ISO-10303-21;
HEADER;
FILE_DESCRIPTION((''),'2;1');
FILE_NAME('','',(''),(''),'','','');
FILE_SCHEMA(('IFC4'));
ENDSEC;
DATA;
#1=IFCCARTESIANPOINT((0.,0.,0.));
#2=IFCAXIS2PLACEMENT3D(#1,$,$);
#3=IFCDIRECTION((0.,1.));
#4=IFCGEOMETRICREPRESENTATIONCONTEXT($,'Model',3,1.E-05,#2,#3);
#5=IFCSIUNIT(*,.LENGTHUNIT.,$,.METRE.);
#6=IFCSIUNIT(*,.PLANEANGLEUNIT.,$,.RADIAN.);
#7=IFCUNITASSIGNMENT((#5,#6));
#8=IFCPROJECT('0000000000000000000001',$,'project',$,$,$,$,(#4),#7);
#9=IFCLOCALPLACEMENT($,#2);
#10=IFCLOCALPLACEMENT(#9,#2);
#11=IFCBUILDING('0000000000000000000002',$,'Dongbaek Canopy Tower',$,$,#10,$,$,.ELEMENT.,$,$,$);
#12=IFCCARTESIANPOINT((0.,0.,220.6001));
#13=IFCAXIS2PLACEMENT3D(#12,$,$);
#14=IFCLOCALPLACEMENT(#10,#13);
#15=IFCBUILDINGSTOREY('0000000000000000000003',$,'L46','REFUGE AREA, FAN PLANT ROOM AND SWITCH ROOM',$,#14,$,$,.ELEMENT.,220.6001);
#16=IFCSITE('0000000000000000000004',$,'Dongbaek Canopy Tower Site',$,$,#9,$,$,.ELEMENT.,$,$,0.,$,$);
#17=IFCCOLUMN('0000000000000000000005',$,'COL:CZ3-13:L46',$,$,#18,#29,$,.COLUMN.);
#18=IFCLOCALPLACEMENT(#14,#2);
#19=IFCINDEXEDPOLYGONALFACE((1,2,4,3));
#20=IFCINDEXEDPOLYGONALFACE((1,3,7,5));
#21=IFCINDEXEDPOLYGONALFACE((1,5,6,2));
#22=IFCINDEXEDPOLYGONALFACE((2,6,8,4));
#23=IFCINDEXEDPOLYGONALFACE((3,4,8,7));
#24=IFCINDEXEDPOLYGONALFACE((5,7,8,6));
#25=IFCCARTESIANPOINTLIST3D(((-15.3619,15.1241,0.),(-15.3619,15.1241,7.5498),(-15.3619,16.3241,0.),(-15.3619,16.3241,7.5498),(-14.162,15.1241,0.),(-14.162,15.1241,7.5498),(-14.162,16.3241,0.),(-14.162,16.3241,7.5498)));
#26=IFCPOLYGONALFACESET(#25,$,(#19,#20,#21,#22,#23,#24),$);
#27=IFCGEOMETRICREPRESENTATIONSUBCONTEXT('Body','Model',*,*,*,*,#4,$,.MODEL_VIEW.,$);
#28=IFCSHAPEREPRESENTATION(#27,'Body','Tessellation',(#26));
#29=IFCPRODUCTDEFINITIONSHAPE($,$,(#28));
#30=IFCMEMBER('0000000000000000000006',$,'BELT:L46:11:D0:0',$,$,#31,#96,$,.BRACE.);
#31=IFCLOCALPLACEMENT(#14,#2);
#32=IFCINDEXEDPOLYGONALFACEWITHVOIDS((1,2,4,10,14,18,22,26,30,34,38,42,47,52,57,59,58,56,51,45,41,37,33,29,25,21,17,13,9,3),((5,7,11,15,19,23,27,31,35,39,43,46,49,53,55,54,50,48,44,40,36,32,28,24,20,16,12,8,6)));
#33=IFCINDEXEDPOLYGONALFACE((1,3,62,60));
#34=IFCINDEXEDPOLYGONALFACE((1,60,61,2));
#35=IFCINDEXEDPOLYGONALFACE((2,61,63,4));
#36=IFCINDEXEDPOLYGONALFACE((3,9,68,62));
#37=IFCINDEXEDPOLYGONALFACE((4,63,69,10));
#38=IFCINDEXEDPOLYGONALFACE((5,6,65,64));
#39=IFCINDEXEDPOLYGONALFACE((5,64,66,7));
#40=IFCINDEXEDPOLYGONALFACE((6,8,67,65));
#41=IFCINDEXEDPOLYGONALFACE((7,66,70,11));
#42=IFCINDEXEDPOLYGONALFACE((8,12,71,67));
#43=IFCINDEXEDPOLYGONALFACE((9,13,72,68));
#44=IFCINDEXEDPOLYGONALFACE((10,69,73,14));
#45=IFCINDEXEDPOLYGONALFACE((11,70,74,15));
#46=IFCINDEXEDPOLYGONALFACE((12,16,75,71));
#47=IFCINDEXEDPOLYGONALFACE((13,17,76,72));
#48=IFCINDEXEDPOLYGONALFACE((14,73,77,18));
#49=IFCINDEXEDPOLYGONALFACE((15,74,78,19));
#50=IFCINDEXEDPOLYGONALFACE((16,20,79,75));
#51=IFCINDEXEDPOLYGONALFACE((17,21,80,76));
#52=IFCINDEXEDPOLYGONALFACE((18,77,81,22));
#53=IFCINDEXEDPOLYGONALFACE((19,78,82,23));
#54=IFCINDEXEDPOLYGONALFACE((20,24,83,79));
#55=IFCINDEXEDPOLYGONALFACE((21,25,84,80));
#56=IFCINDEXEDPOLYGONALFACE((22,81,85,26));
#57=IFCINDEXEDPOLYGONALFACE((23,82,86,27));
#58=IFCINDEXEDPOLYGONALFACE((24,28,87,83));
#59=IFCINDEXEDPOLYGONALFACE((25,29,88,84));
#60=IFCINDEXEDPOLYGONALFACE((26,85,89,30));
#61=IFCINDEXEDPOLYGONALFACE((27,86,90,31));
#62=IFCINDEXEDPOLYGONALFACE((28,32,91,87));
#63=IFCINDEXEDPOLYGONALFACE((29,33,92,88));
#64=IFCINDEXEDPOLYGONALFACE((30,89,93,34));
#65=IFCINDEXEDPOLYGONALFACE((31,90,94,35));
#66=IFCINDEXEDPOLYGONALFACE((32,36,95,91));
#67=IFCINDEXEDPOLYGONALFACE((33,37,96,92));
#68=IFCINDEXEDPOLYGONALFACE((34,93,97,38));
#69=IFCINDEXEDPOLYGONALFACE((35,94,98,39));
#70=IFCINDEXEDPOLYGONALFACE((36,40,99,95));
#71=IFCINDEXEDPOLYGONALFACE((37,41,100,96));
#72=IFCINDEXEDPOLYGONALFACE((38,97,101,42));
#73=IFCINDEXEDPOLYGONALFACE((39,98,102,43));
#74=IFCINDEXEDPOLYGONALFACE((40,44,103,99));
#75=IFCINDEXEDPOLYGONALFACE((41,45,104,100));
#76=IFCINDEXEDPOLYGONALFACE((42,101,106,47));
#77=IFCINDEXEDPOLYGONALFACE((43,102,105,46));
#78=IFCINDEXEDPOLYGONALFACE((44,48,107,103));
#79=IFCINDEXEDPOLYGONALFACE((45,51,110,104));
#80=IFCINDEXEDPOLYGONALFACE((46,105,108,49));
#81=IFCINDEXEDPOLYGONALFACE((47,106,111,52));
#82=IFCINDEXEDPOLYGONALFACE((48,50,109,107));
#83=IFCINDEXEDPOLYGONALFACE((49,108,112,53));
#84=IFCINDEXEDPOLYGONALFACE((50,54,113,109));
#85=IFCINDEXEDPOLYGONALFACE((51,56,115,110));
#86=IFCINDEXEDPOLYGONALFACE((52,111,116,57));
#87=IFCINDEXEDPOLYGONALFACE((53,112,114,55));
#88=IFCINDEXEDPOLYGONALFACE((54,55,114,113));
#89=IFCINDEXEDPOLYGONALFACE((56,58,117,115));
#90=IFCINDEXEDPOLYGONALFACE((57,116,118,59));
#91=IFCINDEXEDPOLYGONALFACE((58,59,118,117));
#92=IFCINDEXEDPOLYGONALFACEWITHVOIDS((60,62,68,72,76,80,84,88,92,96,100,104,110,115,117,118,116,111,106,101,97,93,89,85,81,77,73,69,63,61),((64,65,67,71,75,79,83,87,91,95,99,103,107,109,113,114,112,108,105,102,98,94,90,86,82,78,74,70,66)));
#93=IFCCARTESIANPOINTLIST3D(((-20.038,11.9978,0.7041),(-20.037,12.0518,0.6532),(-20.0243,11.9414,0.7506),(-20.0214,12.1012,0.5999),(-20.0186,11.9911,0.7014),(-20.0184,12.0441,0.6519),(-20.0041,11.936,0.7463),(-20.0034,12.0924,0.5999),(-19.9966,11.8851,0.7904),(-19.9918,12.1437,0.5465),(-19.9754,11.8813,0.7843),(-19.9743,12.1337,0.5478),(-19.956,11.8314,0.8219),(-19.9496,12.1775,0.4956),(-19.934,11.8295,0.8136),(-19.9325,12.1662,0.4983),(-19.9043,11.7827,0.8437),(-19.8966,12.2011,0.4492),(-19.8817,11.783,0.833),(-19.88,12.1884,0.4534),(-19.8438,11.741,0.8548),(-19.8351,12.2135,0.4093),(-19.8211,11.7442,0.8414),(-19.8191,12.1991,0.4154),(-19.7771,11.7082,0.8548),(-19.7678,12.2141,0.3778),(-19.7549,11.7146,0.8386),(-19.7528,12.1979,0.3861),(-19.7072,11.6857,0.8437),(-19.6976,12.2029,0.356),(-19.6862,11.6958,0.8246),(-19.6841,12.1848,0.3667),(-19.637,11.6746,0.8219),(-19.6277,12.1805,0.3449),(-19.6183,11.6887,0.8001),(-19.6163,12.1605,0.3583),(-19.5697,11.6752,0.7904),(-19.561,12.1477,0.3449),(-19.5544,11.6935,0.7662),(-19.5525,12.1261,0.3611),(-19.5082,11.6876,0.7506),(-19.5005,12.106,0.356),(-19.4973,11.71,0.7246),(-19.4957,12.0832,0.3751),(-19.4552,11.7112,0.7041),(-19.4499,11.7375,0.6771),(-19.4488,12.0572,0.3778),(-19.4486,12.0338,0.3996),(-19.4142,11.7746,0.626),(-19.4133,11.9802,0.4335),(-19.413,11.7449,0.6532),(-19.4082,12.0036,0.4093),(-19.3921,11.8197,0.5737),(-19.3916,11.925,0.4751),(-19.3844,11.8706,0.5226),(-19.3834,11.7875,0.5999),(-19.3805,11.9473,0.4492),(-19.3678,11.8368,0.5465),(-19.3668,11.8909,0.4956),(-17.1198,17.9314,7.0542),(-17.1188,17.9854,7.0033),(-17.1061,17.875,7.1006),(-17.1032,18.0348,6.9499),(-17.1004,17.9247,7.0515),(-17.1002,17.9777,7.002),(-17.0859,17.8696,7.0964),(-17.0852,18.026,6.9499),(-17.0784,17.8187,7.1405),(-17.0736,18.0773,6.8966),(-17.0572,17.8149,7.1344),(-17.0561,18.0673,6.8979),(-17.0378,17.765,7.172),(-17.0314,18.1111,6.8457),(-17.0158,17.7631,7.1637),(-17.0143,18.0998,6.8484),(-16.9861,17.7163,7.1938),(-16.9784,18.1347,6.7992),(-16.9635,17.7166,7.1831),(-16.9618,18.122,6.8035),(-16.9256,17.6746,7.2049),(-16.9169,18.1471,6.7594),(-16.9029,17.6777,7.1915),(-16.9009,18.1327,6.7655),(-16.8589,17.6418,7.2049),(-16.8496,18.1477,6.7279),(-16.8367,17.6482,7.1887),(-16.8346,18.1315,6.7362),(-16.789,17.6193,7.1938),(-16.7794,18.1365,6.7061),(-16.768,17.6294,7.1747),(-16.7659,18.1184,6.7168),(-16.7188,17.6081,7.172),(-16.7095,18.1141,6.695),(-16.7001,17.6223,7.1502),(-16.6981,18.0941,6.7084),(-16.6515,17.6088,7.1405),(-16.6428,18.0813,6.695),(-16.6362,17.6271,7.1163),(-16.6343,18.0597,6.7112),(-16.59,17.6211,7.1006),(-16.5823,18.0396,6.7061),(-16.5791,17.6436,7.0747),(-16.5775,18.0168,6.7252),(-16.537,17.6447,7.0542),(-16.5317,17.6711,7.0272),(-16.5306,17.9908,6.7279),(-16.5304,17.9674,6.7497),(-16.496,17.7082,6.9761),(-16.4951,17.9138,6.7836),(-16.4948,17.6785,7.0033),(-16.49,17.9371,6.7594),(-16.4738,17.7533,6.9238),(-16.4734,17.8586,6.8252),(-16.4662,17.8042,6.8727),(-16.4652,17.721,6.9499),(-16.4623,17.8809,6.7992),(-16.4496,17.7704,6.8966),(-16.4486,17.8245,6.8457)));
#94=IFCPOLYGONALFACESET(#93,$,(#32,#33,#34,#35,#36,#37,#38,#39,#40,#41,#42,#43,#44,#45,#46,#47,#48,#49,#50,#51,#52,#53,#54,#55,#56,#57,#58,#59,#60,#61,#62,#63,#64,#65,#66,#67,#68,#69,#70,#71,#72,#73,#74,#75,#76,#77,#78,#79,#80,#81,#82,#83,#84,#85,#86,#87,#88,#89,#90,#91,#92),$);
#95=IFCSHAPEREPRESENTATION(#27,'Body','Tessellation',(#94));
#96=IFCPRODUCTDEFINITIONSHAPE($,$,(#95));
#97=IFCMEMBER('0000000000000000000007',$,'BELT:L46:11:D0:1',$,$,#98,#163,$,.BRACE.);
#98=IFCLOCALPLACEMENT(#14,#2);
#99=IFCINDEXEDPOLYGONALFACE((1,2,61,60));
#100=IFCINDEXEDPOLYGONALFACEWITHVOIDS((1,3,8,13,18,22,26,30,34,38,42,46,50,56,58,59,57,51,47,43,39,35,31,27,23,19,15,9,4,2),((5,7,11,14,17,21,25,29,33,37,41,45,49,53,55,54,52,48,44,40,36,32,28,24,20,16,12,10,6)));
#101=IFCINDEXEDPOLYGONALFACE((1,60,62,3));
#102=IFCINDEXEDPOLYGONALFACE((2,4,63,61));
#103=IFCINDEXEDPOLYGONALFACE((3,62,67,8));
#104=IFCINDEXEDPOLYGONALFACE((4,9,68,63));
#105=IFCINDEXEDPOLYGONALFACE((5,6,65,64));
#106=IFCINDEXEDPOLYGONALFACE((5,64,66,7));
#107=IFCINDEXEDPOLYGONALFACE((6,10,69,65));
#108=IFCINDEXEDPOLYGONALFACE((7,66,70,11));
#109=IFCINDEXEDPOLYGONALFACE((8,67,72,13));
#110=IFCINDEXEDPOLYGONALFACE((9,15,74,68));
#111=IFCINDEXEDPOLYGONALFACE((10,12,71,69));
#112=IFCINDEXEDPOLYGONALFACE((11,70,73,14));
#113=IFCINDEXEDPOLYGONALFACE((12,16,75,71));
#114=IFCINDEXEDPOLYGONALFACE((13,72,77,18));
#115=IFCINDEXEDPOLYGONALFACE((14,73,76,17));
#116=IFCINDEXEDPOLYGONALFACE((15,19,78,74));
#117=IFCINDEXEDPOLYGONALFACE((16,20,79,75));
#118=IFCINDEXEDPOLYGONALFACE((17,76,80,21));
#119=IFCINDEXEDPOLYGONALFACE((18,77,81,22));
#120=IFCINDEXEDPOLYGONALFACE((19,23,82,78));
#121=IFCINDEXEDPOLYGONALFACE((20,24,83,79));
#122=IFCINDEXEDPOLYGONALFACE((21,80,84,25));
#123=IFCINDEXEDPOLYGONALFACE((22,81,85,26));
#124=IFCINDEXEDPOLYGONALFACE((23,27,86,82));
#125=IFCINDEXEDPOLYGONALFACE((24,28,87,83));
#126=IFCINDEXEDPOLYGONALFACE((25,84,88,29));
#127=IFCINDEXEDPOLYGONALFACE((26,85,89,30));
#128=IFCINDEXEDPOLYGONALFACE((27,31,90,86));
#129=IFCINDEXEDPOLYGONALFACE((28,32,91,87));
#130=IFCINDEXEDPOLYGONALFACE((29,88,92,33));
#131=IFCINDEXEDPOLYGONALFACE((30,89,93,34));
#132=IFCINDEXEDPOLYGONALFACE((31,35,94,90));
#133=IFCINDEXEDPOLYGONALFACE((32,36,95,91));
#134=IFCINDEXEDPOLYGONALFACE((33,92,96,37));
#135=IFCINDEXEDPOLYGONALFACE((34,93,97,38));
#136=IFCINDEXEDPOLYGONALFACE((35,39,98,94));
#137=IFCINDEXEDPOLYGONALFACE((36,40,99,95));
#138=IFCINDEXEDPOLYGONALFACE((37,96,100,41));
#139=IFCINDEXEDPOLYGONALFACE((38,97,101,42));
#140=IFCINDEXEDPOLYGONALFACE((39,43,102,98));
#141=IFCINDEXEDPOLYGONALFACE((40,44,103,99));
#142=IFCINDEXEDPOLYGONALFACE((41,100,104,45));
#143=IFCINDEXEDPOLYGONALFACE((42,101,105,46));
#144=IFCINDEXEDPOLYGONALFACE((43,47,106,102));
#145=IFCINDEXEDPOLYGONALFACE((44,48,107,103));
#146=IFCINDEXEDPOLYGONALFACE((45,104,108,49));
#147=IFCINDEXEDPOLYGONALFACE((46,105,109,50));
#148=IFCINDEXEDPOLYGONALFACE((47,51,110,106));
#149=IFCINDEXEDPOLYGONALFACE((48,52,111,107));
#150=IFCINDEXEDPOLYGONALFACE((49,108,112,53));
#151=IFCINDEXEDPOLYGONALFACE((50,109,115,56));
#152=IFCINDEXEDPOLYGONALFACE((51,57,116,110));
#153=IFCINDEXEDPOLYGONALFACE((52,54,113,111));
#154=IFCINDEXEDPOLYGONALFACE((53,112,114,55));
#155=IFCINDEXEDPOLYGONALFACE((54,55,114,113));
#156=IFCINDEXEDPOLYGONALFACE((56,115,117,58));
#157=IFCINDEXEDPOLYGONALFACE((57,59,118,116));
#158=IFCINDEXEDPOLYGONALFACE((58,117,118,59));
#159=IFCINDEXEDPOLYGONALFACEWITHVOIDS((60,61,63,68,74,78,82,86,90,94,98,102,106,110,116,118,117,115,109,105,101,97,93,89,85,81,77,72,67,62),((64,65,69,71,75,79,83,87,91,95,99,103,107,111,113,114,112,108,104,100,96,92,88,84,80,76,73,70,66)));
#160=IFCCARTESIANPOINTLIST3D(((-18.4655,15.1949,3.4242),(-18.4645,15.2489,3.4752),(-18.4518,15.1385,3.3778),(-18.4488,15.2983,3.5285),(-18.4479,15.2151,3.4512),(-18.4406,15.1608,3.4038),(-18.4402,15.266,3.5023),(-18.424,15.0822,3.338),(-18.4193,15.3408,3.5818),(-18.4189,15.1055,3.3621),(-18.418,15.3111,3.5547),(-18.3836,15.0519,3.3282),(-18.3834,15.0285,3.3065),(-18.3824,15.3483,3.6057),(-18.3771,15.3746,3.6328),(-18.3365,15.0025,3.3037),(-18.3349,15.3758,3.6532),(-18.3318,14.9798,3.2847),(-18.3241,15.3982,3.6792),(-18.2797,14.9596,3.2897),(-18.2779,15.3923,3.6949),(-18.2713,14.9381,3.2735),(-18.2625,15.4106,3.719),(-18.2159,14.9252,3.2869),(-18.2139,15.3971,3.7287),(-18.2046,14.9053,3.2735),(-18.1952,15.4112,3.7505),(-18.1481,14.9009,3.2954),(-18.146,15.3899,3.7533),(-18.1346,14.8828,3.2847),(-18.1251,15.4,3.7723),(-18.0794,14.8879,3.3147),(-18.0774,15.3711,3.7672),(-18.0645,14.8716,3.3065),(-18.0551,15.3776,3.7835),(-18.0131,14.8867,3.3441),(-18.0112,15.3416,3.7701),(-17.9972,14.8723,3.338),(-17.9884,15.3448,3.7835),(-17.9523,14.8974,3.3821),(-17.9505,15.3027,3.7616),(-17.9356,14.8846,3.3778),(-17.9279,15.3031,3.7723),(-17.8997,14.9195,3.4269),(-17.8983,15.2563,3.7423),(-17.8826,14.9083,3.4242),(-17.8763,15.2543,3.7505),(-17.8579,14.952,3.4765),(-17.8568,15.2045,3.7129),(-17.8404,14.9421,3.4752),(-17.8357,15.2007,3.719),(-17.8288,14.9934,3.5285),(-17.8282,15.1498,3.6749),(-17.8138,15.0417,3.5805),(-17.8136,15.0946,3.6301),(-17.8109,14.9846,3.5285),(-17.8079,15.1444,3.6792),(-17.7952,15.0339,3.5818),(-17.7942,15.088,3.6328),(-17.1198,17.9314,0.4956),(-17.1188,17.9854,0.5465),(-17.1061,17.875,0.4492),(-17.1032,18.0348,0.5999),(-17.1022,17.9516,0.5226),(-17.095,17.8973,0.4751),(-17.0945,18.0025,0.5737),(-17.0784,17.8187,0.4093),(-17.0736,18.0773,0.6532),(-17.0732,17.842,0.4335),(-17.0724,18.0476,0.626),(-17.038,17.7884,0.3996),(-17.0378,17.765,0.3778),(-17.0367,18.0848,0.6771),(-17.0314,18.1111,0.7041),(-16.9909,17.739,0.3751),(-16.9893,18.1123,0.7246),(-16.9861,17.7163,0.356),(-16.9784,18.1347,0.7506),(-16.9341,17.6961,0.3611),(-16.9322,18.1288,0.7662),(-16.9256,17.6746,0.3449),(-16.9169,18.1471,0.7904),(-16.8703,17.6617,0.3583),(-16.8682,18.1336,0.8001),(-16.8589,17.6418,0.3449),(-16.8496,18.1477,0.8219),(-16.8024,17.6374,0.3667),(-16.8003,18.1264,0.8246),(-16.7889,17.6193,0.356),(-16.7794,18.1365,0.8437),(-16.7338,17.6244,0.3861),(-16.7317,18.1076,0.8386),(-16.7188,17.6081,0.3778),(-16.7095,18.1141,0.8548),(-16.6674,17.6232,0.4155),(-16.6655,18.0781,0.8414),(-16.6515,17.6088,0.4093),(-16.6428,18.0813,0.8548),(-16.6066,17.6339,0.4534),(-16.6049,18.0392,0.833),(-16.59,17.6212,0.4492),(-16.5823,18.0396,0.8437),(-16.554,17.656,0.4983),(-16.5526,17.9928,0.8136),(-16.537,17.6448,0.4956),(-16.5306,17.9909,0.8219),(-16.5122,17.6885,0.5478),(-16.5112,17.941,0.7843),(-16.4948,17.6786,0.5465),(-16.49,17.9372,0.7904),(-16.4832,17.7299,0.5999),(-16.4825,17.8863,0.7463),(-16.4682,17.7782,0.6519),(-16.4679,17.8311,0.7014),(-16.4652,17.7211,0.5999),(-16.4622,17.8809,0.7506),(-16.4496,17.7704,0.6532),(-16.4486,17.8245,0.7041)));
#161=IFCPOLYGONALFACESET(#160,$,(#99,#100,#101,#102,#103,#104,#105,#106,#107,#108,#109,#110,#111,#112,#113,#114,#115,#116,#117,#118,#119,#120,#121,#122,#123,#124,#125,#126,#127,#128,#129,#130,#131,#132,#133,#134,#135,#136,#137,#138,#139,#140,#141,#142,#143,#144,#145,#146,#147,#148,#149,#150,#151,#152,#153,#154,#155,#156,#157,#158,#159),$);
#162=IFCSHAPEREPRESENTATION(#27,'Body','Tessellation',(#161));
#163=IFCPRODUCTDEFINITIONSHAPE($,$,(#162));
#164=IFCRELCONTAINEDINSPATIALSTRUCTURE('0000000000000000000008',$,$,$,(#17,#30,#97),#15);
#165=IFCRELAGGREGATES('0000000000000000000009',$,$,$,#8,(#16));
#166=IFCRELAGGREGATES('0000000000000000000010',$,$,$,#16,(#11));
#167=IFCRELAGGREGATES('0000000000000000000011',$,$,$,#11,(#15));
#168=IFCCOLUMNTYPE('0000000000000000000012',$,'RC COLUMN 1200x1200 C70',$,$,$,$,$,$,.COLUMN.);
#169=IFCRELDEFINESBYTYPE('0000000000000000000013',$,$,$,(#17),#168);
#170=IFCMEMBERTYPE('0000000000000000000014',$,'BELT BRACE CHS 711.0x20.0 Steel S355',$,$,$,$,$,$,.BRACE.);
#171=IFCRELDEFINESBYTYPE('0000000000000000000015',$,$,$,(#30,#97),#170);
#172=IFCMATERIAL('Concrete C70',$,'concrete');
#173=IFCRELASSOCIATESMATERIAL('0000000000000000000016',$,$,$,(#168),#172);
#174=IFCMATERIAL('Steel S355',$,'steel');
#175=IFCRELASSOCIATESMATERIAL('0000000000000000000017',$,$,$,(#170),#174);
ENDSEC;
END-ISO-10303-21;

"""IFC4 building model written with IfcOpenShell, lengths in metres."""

from ifc_helpers import new_model, si_unit, direction, frame, origin, origin_2d, place, context, subcontext, project, spatial, rectangle, hollow_circle, extrude, material, material_profile, profile_set, type_object, element, save


model = new_model("IFC4")

# Units and contexts
model_context = context("Model", 3, precision=1e-05, world=origin(), true_north=direction((0.0, 1.0)))
body_context = subcontext(model_context, "Body", "Model", "MODEL_VIEW")
ifc_project = project(units=[si_unit("LENGTHUNIT", "METRE"), si_unit("PLANEANGLEUNIT", "RADIAN")], contexts=[model_context])

# Site, building, storey
site_placement = place(None, origin())
site = spatial("IfcSite", under=ifc_project, at=site_placement, Name="Dongbaek Canopy Tower Site", CompositionType="ELEMENT", RefElevation=0.0)
building_placement = place(site_placement, origin())
building = spatial("IfcBuilding", under=site, at=building_placement, Name="Dongbaek Canopy Tower", CompositionType="ELEMENT")
storey_placement = place(building_placement, frame((0.0, 0.0, 220.6001)))
storey = spatial("IfcBuildingStorey", under=building, at=storey_placement, Name="L46", Description="REFUGE AREA, FAN PLANT ROOM AND SWITCH ROOM", CompositionType="ELEMENT", Elevation=220.6001)

# Column
ifc_material_1 = material(Name="Concrete C70", Category="concrete")
ifc_material_profile_1 = material_profile(ifc_material_1, rectangle(XDim=1.2, YDim=1.2, at=origin_2d()), Name="RC COLUMN 1200x1200 C70")
ifc_profile_set_1 = profile_set([ifc_material_profile_1], Name="Concrete C70")
column_type = type_object("IfcColumnType", Name="RC COLUMN 1200x1200 C70", PredefinedType="COLUMN", material=ifc_profile_set_1)
column_placement = place(storey_placement, frame((-14.762, 15.7241, 0.0), z_axis=(0.0, 0.0, 1.0), x_axis=(1.0, 0.0, 0.0)))
element("IfcColumn", 1, at=column_placement, inside=storey, type_object=column_type, Name="COL:CZ3-13:L46", PredefinedType="COLUMN", context=body_context, shape_type="SweptSolid", body=[
    extrude(rectangle(XDim=1.2, YDim=1.2, at=origin_2d()), origin(), (0.0, 0.0, 1.0), 7.5498),
])

# Members
ifc_material_2 = material(Name="Steel S355", Category="steel")
ifc_material_profile_2 = material_profile(ifc_material_2, hollow_circle(Radius=0.3555, WallThickness=0.02, at=origin_2d()), Name="BELT BRACE CHS 711.0x20.0 Steel S355")
ifc_profile_set_2 = profile_set([ifc_material_profile_2], Name="Steel S355")
member_type_1 = type_object("IfcMemberType", Name="BELT BRACE CHS 711.0x20.0 Steel S355", PredefinedType="BRACE", material=ifc_profile_set_2)
member_1_placement = place(storey_placement, frame((-19.7024, 11.9443, 0.5999), z_axis=(0.318314, 0.647226, 0.692658), x_axis=(-0.897347, 0.441326, 0.0)))
element("IfcMember", 2, at=member_1_placement, inside=storey, type_object=member_type_1, Name="BELT:L46:11:D0:0", PredefinedType="BRACE", context=body_context, shape_type="SweptSolid", body=[
    extrude(hollow_circle(Radius=0.3555, WallThickness=0.02, at=origin_2d()), origin(), (0.0, 0.0, 1.0), 9.1677),
])
member_2_placement = place(storey_placement, frame((-16.7842, 17.8779, 0.5999), z_axis=(-0.318274, -0.64723, 0.692673), x_axis=(0.89737, -0.441279, 0.0)))
element("IfcMember", 3, at=member_2_placement, inside=storey, type_object=member_type_1, Name="BELT:L46:11:D0:1", PredefinedType="BRACE", context=body_context, shape_type="SweptSolid", body=[
    extrude(hollow_circle(Radius=0.3555, WallThickness=0.02, at=origin_2d()), origin(), (0.0, 0.0, 1.0), 4.228),
])

save(model, "model.ifc")
